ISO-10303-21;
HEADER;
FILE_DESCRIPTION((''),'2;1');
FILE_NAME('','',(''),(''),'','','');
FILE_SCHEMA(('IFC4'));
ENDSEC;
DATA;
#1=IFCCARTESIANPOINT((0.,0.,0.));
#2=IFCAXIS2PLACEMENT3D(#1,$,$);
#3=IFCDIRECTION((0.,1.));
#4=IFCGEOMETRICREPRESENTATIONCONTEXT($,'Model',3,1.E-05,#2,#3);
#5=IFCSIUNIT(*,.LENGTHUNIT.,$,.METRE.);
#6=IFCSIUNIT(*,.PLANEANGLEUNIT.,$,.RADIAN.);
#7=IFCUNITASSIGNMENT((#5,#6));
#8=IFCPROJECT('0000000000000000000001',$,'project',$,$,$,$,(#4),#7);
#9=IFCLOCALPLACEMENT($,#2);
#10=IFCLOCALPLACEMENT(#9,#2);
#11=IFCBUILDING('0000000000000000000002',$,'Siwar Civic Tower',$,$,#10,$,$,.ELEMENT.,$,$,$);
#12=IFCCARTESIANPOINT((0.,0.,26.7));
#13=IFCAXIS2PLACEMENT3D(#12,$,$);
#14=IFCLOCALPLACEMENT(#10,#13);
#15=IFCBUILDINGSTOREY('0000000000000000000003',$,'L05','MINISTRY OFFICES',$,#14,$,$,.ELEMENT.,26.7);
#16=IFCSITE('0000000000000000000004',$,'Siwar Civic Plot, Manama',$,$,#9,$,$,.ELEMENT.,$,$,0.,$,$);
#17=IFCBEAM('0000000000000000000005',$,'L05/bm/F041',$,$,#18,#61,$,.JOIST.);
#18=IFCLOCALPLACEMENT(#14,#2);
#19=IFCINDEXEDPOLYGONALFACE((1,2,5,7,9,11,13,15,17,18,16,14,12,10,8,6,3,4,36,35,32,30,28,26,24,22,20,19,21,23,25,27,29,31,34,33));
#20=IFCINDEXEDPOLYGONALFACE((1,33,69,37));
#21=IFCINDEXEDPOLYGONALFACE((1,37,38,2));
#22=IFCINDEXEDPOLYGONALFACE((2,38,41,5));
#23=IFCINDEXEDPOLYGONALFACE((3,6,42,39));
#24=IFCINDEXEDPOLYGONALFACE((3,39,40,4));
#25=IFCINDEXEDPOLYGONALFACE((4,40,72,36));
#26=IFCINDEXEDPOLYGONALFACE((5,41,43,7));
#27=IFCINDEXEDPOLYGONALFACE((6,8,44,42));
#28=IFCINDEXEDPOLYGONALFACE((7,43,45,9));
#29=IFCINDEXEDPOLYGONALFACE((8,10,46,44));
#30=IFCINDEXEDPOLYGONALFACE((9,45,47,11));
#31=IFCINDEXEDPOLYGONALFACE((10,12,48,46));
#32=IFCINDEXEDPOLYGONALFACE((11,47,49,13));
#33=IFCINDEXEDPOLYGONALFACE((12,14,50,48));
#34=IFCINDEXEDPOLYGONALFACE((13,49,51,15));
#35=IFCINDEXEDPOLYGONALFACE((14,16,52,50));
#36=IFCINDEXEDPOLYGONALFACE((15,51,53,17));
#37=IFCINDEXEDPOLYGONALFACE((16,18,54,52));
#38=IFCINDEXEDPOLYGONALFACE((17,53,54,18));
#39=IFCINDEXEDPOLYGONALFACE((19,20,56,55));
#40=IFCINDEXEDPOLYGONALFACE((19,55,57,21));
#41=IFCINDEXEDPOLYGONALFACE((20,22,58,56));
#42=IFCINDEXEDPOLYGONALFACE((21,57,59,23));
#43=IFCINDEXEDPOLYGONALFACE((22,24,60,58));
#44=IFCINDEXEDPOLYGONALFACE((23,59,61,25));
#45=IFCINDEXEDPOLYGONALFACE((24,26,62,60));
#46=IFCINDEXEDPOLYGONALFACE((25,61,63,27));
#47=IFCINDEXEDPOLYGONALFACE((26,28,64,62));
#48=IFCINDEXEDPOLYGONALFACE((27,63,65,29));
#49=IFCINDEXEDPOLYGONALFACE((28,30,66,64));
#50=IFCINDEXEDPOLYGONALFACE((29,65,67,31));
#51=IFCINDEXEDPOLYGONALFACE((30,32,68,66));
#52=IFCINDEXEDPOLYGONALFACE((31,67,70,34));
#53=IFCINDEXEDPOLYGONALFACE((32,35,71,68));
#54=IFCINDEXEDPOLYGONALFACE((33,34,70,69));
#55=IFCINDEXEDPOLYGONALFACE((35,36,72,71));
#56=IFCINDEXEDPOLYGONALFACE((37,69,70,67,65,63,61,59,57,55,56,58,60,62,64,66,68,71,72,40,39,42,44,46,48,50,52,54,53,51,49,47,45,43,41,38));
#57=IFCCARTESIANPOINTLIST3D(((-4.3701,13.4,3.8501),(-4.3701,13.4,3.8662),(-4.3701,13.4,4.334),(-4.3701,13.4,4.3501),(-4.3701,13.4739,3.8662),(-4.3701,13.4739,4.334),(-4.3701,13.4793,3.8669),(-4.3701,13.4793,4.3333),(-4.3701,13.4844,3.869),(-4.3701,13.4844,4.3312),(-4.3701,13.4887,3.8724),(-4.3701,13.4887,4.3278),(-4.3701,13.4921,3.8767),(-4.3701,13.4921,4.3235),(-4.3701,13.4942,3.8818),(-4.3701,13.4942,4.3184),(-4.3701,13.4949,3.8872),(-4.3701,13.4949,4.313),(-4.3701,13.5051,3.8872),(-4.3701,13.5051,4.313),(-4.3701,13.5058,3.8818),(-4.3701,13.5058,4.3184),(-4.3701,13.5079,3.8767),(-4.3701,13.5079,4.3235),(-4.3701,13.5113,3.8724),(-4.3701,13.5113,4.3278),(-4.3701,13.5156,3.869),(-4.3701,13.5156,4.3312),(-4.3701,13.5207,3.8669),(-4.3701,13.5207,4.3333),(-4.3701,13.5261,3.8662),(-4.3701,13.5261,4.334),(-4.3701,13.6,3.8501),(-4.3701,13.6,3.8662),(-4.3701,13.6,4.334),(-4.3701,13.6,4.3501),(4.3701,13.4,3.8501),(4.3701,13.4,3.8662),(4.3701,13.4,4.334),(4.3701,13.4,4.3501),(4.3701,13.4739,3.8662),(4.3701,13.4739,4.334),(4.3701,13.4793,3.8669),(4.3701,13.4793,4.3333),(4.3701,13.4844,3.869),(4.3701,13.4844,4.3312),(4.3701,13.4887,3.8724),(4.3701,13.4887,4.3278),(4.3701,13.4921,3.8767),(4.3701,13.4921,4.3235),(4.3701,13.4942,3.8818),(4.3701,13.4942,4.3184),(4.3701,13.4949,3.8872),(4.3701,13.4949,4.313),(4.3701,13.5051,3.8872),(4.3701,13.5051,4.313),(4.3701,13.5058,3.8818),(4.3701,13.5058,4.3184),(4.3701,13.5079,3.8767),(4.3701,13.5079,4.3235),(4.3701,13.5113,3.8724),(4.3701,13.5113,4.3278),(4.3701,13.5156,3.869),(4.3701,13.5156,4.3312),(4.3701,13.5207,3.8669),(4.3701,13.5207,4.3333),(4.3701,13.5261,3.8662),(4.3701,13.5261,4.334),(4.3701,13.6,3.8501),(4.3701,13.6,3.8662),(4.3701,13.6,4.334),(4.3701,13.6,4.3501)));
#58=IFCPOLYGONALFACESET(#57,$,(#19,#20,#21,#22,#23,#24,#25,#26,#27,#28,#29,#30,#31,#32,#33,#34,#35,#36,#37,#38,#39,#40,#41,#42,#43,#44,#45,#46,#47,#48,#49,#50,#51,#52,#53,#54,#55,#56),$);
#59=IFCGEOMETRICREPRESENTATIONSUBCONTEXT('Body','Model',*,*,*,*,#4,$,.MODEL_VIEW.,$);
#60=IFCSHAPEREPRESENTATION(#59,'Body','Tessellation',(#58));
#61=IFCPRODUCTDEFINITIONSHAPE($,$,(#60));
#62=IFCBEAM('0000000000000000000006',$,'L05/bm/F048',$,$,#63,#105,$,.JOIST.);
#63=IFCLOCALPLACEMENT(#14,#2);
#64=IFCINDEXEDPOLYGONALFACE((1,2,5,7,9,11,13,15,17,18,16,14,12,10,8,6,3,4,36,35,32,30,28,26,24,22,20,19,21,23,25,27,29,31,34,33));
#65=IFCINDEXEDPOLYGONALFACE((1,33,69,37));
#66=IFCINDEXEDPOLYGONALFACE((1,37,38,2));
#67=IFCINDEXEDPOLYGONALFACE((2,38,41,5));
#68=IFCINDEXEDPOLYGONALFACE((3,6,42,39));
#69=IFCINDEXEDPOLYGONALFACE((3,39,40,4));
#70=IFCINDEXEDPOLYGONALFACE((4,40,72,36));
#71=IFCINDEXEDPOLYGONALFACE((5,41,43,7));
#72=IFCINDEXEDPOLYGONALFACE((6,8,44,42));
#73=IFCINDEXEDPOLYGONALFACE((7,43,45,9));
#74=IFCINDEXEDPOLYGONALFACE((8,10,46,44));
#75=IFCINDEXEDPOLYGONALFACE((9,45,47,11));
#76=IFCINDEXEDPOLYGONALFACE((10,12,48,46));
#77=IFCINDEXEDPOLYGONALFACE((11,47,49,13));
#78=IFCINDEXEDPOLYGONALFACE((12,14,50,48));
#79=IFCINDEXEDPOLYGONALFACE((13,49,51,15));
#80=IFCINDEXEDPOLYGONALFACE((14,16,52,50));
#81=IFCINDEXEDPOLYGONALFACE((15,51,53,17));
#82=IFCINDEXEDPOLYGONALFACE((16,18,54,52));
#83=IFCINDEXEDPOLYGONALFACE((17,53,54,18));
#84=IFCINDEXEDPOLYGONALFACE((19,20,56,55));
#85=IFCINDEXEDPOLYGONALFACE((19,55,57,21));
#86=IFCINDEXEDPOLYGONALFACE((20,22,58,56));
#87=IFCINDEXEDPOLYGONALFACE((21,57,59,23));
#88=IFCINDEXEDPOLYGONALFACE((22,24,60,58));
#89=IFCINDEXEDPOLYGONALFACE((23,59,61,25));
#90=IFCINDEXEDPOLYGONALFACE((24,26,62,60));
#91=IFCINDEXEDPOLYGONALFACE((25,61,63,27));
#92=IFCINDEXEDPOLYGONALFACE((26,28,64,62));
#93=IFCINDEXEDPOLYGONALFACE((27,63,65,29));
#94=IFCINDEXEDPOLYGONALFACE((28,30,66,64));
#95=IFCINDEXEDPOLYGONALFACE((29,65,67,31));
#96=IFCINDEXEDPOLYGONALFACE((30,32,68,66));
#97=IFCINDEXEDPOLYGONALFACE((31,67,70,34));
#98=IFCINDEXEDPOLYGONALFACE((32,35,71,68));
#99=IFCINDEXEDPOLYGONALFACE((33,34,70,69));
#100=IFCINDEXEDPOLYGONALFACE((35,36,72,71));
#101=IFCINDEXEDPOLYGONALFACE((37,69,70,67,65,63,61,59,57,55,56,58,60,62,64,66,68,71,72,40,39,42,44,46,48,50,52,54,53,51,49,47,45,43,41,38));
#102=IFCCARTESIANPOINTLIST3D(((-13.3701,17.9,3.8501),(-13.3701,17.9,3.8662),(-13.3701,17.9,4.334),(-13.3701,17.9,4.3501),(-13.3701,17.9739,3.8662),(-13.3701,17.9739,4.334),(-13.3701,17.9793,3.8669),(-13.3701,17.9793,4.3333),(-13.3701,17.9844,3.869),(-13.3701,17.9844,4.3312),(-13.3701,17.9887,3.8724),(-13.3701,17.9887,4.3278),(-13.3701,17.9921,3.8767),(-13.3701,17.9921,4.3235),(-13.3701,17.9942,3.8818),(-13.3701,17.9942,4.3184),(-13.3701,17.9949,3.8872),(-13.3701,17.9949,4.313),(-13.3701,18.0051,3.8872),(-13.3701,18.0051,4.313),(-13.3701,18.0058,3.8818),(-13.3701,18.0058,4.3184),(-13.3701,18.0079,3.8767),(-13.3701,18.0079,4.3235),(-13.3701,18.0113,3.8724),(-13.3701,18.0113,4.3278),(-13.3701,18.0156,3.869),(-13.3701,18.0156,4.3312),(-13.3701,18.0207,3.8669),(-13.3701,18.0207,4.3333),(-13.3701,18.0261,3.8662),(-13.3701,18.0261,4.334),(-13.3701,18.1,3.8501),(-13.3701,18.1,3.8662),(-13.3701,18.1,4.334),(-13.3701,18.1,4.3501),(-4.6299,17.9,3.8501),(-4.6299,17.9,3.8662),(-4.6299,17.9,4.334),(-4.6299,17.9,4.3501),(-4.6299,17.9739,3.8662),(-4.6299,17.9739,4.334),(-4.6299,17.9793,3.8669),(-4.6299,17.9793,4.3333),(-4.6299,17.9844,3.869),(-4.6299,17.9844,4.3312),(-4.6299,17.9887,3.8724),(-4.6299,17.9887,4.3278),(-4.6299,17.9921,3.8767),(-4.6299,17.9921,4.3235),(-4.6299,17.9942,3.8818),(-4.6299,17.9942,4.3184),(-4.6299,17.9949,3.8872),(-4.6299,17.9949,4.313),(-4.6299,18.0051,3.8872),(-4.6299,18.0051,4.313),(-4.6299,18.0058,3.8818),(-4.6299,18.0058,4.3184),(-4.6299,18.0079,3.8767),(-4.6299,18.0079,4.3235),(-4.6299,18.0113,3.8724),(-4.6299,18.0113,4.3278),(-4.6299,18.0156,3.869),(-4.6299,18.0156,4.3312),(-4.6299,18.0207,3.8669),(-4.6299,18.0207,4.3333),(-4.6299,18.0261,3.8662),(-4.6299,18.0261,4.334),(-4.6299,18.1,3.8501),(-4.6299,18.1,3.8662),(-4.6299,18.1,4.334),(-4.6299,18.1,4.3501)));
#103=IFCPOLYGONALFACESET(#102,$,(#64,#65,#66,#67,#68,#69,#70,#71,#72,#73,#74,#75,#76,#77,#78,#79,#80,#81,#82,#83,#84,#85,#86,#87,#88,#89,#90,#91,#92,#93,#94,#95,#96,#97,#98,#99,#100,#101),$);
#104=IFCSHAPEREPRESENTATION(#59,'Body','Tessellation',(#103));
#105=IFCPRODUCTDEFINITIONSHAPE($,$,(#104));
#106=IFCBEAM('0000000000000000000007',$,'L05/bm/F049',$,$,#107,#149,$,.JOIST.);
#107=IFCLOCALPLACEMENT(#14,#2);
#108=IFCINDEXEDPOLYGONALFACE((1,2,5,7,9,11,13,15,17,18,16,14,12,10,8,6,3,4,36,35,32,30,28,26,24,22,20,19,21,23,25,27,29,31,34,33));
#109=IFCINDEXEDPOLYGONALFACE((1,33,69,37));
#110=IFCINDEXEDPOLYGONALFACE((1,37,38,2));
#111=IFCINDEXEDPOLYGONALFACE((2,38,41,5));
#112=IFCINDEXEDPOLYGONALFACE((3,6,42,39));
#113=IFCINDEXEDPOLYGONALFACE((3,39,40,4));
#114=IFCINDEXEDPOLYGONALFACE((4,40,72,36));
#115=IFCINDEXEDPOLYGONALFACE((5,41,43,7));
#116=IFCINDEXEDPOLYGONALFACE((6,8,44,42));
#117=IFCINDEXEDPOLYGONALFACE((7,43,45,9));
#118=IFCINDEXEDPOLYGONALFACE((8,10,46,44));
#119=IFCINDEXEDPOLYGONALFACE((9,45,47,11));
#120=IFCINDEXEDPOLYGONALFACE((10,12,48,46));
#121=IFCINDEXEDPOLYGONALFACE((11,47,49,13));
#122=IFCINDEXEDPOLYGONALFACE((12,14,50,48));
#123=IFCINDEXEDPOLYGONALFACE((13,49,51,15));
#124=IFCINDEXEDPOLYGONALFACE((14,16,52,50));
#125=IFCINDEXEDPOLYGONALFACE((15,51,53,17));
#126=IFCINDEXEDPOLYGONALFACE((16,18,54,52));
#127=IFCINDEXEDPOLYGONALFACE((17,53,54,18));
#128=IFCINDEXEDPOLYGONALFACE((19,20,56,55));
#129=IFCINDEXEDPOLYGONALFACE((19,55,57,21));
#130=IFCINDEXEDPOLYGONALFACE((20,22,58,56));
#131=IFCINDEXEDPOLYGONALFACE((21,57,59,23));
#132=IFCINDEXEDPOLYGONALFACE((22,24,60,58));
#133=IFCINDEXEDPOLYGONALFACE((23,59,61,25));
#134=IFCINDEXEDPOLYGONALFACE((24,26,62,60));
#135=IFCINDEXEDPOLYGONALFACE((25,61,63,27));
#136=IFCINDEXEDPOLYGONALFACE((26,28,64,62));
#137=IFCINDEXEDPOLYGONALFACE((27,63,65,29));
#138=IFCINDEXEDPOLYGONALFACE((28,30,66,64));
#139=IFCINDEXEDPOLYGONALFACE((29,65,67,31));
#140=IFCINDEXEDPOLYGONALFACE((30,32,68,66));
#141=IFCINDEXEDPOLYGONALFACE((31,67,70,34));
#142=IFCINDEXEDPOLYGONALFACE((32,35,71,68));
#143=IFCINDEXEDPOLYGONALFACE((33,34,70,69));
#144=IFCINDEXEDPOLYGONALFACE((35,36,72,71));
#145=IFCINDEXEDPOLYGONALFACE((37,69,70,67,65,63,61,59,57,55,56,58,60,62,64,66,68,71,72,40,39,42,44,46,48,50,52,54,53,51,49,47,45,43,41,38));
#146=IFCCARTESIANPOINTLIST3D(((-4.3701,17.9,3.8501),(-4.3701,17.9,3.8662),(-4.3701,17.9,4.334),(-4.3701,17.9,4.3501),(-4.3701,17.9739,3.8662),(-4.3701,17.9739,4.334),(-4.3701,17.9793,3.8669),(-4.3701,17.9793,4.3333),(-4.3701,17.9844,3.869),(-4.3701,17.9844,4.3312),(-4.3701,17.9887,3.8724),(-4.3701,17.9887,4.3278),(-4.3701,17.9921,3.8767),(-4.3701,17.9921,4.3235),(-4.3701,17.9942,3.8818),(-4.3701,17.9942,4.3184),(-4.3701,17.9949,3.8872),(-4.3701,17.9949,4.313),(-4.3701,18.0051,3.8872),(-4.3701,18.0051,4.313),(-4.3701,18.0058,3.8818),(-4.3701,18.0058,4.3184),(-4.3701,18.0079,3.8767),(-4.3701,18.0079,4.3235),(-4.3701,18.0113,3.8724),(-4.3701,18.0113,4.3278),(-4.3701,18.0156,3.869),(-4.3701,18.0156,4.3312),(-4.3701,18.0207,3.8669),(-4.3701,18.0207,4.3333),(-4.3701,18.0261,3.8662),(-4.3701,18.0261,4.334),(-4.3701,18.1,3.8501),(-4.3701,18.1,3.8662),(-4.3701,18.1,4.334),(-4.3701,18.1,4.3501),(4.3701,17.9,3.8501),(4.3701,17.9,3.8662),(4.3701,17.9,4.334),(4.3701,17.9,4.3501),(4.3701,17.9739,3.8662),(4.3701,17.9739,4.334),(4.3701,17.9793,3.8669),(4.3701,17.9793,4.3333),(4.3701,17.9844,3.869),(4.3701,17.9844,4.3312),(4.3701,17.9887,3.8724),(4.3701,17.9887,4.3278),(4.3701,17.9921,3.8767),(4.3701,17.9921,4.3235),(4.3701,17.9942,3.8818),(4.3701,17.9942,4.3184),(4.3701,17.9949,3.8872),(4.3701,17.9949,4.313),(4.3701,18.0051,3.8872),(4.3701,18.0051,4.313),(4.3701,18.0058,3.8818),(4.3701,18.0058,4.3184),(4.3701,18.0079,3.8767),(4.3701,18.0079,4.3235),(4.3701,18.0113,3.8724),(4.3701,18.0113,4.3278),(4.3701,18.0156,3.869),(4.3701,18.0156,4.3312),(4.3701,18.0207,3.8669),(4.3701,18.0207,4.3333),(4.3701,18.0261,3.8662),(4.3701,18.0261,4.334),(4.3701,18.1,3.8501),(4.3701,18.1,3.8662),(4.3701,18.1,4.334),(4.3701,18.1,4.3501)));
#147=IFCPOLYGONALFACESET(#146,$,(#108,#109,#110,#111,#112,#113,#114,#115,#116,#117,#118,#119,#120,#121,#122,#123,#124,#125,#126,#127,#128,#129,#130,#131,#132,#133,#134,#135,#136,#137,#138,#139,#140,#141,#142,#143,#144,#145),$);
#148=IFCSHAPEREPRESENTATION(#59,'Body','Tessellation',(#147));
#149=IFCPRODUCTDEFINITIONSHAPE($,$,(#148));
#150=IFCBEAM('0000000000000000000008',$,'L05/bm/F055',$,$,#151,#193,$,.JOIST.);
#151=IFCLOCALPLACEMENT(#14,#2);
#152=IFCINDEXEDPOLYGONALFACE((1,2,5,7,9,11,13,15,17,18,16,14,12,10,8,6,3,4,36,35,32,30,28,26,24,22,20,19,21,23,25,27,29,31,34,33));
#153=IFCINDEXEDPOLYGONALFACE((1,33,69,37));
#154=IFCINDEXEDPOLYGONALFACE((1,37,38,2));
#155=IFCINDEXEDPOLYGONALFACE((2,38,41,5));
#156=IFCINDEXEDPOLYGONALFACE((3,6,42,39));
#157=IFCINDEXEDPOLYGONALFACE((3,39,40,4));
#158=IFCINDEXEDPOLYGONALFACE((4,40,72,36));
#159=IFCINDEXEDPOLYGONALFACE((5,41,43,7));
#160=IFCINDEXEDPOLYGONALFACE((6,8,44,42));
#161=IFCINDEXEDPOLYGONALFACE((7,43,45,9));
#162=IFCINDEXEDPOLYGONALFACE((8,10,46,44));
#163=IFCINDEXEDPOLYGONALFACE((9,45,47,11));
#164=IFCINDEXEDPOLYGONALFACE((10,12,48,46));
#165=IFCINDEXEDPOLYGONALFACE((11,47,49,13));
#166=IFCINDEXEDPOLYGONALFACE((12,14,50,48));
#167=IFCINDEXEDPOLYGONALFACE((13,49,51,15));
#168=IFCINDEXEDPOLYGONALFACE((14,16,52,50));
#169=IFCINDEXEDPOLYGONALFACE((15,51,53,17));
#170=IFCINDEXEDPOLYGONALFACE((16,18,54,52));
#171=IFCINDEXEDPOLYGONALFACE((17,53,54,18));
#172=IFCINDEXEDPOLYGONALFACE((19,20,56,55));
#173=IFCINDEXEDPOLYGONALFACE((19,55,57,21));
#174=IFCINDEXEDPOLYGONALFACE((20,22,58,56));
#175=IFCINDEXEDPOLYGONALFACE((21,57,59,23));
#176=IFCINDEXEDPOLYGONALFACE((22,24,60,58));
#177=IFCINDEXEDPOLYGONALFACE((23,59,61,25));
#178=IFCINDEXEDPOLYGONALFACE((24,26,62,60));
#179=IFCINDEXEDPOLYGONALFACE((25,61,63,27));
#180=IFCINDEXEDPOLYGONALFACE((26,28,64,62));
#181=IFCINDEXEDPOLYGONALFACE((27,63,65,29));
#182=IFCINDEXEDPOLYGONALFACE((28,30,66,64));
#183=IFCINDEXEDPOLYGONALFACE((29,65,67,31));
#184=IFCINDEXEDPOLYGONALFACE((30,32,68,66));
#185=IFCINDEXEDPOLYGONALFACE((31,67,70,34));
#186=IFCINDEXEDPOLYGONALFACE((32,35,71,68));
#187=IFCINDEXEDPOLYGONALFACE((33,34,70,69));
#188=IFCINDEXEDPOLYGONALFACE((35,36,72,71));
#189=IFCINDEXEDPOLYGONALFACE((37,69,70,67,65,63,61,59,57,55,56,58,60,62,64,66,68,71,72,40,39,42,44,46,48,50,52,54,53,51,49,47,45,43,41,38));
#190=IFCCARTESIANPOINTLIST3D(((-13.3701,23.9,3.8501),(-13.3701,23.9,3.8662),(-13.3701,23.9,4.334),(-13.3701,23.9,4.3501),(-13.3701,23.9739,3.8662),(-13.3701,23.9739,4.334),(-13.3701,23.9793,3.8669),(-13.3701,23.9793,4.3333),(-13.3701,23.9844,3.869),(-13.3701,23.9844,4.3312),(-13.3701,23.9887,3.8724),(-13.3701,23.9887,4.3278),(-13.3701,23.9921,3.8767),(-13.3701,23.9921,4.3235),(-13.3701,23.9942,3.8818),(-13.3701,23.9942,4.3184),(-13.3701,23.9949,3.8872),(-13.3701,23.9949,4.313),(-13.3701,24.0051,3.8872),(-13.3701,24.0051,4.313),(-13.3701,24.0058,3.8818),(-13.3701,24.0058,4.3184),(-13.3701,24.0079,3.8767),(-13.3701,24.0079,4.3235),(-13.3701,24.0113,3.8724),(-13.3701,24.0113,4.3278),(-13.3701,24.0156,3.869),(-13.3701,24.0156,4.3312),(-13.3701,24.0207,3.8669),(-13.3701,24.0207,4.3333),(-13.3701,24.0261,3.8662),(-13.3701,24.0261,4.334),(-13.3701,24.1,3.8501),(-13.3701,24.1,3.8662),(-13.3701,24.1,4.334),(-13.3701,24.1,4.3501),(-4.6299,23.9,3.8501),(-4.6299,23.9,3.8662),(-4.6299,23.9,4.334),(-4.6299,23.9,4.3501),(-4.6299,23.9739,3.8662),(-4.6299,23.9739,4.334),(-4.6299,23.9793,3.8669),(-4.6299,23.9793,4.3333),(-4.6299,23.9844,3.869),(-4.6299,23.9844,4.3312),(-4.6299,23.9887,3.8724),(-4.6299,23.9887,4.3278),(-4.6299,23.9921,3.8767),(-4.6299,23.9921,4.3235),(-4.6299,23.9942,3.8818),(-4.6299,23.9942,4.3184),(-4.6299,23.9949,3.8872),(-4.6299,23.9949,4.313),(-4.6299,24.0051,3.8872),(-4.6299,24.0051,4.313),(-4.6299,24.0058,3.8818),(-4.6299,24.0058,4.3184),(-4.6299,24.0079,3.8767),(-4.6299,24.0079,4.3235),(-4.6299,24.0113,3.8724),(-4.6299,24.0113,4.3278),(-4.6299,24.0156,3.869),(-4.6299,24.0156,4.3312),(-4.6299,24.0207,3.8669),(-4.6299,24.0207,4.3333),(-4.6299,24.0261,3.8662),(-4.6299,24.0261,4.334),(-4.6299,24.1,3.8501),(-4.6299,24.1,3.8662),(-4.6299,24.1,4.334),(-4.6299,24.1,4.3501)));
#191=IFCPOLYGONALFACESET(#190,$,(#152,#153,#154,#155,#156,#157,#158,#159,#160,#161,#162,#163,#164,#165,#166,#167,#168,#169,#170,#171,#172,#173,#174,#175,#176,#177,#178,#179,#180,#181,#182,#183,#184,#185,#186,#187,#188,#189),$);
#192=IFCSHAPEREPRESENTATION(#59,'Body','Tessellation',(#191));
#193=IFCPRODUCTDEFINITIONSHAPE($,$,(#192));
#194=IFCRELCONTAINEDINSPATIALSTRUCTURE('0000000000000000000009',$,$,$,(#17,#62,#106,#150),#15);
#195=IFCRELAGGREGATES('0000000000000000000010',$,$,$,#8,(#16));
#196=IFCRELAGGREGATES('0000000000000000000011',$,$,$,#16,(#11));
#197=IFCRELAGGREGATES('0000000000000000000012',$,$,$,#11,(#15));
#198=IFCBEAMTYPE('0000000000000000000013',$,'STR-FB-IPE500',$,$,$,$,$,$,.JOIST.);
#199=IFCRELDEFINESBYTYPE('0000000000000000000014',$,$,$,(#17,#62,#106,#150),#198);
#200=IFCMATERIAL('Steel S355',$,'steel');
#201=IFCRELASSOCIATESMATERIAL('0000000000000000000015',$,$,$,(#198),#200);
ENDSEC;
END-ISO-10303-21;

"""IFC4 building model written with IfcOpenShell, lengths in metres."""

from ifc_helpers import new_model, si_unit, direction, frame, origin, origin_2d, place, context, subcontext, project, spatial, i_section, extrude, material, material_profile, profile_set, type_object, element, save


model = new_model("IFC4")

# Units and contexts
model_context = context("Model", 3, precision=1e-05, world=origin(), true_north=direction((0.0, 1.0)))
body_context = subcontext(model_context, "Body", "Model", "MODEL_VIEW")
ifc_project = project(units=[si_unit("LENGTHUNIT", "METRE"), si_unit("PLANEANGLEUNIT", "RADIAN")], contexts=[model_context])

# Site, building, storey
site_placement = place(None, origin())
site = spatial("IfcSite", under=ifc_project, at=site_placement, Name="Siwar Civic Plot, Manama", CompositionType="ELEMENT", RefElevation=0.0)
building_placement = place(site_placement, origin())
building = spatial("IfcBuilding", under=site, at=building_placement, Name="Siwar Civic Tower", CompositionType="ELEMENT")
storey_placement = place(building_placement, frame((0.0, 0.0, 26.7)))
storey = spatial("IfcBuildingStorey", under=building, at=storey_placement, Name="L05", Description="MINISTRY OFFICES", CompositionType="ELEMENT", Elevation=26.7)

# Beams
ifc_material_1 = material(Name="Steel S355", Category="steel")
ifc_material_profile_1 = material_profile(ifc_material_1, i_section(OverallWidth=0.2, OverallDepth=0.5, WebThickness=0.0103, FlangeThickness=0.0161, FilletRadius=0.021, at=origin_2d()), Name="IPE500")
ifc_profile_set_1 = profile_set([ifc_material_profile_1], Name="Steel S355")
beam_type_1 = type_object("IfcBeamType", Name="STR-FB-IPE500", PredefinedType="JOIST", material=ifc_profile_set_1)
for number, where, z_axis, x_axis, name in (
    (1, (-4.3701, 13.5, 4.1001), (1.0, 0.0, 0.0), (0.0, 1.0, 0.0), "L05/bm/F041"),
    (2, (-13.3701, 18.0, 4.1001), (1.0, 0.0, 0.0), (0.0, 1.0, 0.0), "L05/bm/F048"),
    (3, (-4.3701, 18.0, 4.1001), (1.0, 0.0, 0.0), (0.0, 1.0, 0.0), "L05/bm/F049"),
    (4, (-13.3701, 24.0, 4.1001), (1.0, 0.0, 0.0), (0.0, 1.0, 0.0), "L05/bm/F055"),
):
    element("IfcBeam", number, at=place(storey_placement, frame(where, z_axis=z_axis, x_axis=x_axis)), inside=storey, type_object=beam_type_1, Name=name, PredefinedType="JOIST", context=body_context, shape_type="SweptSolid", body=[
        extrude(i_section(OverallWidth=0.2, OverallDepth=0.5, WebThickness=0.0103, FlangeThickness=0.0161, FilletRadius=0.021, at=origin_2d()), origin(), (0.0, 0.0, 1.0), 8.7402),
    ])

save(model, "model.ifc")
